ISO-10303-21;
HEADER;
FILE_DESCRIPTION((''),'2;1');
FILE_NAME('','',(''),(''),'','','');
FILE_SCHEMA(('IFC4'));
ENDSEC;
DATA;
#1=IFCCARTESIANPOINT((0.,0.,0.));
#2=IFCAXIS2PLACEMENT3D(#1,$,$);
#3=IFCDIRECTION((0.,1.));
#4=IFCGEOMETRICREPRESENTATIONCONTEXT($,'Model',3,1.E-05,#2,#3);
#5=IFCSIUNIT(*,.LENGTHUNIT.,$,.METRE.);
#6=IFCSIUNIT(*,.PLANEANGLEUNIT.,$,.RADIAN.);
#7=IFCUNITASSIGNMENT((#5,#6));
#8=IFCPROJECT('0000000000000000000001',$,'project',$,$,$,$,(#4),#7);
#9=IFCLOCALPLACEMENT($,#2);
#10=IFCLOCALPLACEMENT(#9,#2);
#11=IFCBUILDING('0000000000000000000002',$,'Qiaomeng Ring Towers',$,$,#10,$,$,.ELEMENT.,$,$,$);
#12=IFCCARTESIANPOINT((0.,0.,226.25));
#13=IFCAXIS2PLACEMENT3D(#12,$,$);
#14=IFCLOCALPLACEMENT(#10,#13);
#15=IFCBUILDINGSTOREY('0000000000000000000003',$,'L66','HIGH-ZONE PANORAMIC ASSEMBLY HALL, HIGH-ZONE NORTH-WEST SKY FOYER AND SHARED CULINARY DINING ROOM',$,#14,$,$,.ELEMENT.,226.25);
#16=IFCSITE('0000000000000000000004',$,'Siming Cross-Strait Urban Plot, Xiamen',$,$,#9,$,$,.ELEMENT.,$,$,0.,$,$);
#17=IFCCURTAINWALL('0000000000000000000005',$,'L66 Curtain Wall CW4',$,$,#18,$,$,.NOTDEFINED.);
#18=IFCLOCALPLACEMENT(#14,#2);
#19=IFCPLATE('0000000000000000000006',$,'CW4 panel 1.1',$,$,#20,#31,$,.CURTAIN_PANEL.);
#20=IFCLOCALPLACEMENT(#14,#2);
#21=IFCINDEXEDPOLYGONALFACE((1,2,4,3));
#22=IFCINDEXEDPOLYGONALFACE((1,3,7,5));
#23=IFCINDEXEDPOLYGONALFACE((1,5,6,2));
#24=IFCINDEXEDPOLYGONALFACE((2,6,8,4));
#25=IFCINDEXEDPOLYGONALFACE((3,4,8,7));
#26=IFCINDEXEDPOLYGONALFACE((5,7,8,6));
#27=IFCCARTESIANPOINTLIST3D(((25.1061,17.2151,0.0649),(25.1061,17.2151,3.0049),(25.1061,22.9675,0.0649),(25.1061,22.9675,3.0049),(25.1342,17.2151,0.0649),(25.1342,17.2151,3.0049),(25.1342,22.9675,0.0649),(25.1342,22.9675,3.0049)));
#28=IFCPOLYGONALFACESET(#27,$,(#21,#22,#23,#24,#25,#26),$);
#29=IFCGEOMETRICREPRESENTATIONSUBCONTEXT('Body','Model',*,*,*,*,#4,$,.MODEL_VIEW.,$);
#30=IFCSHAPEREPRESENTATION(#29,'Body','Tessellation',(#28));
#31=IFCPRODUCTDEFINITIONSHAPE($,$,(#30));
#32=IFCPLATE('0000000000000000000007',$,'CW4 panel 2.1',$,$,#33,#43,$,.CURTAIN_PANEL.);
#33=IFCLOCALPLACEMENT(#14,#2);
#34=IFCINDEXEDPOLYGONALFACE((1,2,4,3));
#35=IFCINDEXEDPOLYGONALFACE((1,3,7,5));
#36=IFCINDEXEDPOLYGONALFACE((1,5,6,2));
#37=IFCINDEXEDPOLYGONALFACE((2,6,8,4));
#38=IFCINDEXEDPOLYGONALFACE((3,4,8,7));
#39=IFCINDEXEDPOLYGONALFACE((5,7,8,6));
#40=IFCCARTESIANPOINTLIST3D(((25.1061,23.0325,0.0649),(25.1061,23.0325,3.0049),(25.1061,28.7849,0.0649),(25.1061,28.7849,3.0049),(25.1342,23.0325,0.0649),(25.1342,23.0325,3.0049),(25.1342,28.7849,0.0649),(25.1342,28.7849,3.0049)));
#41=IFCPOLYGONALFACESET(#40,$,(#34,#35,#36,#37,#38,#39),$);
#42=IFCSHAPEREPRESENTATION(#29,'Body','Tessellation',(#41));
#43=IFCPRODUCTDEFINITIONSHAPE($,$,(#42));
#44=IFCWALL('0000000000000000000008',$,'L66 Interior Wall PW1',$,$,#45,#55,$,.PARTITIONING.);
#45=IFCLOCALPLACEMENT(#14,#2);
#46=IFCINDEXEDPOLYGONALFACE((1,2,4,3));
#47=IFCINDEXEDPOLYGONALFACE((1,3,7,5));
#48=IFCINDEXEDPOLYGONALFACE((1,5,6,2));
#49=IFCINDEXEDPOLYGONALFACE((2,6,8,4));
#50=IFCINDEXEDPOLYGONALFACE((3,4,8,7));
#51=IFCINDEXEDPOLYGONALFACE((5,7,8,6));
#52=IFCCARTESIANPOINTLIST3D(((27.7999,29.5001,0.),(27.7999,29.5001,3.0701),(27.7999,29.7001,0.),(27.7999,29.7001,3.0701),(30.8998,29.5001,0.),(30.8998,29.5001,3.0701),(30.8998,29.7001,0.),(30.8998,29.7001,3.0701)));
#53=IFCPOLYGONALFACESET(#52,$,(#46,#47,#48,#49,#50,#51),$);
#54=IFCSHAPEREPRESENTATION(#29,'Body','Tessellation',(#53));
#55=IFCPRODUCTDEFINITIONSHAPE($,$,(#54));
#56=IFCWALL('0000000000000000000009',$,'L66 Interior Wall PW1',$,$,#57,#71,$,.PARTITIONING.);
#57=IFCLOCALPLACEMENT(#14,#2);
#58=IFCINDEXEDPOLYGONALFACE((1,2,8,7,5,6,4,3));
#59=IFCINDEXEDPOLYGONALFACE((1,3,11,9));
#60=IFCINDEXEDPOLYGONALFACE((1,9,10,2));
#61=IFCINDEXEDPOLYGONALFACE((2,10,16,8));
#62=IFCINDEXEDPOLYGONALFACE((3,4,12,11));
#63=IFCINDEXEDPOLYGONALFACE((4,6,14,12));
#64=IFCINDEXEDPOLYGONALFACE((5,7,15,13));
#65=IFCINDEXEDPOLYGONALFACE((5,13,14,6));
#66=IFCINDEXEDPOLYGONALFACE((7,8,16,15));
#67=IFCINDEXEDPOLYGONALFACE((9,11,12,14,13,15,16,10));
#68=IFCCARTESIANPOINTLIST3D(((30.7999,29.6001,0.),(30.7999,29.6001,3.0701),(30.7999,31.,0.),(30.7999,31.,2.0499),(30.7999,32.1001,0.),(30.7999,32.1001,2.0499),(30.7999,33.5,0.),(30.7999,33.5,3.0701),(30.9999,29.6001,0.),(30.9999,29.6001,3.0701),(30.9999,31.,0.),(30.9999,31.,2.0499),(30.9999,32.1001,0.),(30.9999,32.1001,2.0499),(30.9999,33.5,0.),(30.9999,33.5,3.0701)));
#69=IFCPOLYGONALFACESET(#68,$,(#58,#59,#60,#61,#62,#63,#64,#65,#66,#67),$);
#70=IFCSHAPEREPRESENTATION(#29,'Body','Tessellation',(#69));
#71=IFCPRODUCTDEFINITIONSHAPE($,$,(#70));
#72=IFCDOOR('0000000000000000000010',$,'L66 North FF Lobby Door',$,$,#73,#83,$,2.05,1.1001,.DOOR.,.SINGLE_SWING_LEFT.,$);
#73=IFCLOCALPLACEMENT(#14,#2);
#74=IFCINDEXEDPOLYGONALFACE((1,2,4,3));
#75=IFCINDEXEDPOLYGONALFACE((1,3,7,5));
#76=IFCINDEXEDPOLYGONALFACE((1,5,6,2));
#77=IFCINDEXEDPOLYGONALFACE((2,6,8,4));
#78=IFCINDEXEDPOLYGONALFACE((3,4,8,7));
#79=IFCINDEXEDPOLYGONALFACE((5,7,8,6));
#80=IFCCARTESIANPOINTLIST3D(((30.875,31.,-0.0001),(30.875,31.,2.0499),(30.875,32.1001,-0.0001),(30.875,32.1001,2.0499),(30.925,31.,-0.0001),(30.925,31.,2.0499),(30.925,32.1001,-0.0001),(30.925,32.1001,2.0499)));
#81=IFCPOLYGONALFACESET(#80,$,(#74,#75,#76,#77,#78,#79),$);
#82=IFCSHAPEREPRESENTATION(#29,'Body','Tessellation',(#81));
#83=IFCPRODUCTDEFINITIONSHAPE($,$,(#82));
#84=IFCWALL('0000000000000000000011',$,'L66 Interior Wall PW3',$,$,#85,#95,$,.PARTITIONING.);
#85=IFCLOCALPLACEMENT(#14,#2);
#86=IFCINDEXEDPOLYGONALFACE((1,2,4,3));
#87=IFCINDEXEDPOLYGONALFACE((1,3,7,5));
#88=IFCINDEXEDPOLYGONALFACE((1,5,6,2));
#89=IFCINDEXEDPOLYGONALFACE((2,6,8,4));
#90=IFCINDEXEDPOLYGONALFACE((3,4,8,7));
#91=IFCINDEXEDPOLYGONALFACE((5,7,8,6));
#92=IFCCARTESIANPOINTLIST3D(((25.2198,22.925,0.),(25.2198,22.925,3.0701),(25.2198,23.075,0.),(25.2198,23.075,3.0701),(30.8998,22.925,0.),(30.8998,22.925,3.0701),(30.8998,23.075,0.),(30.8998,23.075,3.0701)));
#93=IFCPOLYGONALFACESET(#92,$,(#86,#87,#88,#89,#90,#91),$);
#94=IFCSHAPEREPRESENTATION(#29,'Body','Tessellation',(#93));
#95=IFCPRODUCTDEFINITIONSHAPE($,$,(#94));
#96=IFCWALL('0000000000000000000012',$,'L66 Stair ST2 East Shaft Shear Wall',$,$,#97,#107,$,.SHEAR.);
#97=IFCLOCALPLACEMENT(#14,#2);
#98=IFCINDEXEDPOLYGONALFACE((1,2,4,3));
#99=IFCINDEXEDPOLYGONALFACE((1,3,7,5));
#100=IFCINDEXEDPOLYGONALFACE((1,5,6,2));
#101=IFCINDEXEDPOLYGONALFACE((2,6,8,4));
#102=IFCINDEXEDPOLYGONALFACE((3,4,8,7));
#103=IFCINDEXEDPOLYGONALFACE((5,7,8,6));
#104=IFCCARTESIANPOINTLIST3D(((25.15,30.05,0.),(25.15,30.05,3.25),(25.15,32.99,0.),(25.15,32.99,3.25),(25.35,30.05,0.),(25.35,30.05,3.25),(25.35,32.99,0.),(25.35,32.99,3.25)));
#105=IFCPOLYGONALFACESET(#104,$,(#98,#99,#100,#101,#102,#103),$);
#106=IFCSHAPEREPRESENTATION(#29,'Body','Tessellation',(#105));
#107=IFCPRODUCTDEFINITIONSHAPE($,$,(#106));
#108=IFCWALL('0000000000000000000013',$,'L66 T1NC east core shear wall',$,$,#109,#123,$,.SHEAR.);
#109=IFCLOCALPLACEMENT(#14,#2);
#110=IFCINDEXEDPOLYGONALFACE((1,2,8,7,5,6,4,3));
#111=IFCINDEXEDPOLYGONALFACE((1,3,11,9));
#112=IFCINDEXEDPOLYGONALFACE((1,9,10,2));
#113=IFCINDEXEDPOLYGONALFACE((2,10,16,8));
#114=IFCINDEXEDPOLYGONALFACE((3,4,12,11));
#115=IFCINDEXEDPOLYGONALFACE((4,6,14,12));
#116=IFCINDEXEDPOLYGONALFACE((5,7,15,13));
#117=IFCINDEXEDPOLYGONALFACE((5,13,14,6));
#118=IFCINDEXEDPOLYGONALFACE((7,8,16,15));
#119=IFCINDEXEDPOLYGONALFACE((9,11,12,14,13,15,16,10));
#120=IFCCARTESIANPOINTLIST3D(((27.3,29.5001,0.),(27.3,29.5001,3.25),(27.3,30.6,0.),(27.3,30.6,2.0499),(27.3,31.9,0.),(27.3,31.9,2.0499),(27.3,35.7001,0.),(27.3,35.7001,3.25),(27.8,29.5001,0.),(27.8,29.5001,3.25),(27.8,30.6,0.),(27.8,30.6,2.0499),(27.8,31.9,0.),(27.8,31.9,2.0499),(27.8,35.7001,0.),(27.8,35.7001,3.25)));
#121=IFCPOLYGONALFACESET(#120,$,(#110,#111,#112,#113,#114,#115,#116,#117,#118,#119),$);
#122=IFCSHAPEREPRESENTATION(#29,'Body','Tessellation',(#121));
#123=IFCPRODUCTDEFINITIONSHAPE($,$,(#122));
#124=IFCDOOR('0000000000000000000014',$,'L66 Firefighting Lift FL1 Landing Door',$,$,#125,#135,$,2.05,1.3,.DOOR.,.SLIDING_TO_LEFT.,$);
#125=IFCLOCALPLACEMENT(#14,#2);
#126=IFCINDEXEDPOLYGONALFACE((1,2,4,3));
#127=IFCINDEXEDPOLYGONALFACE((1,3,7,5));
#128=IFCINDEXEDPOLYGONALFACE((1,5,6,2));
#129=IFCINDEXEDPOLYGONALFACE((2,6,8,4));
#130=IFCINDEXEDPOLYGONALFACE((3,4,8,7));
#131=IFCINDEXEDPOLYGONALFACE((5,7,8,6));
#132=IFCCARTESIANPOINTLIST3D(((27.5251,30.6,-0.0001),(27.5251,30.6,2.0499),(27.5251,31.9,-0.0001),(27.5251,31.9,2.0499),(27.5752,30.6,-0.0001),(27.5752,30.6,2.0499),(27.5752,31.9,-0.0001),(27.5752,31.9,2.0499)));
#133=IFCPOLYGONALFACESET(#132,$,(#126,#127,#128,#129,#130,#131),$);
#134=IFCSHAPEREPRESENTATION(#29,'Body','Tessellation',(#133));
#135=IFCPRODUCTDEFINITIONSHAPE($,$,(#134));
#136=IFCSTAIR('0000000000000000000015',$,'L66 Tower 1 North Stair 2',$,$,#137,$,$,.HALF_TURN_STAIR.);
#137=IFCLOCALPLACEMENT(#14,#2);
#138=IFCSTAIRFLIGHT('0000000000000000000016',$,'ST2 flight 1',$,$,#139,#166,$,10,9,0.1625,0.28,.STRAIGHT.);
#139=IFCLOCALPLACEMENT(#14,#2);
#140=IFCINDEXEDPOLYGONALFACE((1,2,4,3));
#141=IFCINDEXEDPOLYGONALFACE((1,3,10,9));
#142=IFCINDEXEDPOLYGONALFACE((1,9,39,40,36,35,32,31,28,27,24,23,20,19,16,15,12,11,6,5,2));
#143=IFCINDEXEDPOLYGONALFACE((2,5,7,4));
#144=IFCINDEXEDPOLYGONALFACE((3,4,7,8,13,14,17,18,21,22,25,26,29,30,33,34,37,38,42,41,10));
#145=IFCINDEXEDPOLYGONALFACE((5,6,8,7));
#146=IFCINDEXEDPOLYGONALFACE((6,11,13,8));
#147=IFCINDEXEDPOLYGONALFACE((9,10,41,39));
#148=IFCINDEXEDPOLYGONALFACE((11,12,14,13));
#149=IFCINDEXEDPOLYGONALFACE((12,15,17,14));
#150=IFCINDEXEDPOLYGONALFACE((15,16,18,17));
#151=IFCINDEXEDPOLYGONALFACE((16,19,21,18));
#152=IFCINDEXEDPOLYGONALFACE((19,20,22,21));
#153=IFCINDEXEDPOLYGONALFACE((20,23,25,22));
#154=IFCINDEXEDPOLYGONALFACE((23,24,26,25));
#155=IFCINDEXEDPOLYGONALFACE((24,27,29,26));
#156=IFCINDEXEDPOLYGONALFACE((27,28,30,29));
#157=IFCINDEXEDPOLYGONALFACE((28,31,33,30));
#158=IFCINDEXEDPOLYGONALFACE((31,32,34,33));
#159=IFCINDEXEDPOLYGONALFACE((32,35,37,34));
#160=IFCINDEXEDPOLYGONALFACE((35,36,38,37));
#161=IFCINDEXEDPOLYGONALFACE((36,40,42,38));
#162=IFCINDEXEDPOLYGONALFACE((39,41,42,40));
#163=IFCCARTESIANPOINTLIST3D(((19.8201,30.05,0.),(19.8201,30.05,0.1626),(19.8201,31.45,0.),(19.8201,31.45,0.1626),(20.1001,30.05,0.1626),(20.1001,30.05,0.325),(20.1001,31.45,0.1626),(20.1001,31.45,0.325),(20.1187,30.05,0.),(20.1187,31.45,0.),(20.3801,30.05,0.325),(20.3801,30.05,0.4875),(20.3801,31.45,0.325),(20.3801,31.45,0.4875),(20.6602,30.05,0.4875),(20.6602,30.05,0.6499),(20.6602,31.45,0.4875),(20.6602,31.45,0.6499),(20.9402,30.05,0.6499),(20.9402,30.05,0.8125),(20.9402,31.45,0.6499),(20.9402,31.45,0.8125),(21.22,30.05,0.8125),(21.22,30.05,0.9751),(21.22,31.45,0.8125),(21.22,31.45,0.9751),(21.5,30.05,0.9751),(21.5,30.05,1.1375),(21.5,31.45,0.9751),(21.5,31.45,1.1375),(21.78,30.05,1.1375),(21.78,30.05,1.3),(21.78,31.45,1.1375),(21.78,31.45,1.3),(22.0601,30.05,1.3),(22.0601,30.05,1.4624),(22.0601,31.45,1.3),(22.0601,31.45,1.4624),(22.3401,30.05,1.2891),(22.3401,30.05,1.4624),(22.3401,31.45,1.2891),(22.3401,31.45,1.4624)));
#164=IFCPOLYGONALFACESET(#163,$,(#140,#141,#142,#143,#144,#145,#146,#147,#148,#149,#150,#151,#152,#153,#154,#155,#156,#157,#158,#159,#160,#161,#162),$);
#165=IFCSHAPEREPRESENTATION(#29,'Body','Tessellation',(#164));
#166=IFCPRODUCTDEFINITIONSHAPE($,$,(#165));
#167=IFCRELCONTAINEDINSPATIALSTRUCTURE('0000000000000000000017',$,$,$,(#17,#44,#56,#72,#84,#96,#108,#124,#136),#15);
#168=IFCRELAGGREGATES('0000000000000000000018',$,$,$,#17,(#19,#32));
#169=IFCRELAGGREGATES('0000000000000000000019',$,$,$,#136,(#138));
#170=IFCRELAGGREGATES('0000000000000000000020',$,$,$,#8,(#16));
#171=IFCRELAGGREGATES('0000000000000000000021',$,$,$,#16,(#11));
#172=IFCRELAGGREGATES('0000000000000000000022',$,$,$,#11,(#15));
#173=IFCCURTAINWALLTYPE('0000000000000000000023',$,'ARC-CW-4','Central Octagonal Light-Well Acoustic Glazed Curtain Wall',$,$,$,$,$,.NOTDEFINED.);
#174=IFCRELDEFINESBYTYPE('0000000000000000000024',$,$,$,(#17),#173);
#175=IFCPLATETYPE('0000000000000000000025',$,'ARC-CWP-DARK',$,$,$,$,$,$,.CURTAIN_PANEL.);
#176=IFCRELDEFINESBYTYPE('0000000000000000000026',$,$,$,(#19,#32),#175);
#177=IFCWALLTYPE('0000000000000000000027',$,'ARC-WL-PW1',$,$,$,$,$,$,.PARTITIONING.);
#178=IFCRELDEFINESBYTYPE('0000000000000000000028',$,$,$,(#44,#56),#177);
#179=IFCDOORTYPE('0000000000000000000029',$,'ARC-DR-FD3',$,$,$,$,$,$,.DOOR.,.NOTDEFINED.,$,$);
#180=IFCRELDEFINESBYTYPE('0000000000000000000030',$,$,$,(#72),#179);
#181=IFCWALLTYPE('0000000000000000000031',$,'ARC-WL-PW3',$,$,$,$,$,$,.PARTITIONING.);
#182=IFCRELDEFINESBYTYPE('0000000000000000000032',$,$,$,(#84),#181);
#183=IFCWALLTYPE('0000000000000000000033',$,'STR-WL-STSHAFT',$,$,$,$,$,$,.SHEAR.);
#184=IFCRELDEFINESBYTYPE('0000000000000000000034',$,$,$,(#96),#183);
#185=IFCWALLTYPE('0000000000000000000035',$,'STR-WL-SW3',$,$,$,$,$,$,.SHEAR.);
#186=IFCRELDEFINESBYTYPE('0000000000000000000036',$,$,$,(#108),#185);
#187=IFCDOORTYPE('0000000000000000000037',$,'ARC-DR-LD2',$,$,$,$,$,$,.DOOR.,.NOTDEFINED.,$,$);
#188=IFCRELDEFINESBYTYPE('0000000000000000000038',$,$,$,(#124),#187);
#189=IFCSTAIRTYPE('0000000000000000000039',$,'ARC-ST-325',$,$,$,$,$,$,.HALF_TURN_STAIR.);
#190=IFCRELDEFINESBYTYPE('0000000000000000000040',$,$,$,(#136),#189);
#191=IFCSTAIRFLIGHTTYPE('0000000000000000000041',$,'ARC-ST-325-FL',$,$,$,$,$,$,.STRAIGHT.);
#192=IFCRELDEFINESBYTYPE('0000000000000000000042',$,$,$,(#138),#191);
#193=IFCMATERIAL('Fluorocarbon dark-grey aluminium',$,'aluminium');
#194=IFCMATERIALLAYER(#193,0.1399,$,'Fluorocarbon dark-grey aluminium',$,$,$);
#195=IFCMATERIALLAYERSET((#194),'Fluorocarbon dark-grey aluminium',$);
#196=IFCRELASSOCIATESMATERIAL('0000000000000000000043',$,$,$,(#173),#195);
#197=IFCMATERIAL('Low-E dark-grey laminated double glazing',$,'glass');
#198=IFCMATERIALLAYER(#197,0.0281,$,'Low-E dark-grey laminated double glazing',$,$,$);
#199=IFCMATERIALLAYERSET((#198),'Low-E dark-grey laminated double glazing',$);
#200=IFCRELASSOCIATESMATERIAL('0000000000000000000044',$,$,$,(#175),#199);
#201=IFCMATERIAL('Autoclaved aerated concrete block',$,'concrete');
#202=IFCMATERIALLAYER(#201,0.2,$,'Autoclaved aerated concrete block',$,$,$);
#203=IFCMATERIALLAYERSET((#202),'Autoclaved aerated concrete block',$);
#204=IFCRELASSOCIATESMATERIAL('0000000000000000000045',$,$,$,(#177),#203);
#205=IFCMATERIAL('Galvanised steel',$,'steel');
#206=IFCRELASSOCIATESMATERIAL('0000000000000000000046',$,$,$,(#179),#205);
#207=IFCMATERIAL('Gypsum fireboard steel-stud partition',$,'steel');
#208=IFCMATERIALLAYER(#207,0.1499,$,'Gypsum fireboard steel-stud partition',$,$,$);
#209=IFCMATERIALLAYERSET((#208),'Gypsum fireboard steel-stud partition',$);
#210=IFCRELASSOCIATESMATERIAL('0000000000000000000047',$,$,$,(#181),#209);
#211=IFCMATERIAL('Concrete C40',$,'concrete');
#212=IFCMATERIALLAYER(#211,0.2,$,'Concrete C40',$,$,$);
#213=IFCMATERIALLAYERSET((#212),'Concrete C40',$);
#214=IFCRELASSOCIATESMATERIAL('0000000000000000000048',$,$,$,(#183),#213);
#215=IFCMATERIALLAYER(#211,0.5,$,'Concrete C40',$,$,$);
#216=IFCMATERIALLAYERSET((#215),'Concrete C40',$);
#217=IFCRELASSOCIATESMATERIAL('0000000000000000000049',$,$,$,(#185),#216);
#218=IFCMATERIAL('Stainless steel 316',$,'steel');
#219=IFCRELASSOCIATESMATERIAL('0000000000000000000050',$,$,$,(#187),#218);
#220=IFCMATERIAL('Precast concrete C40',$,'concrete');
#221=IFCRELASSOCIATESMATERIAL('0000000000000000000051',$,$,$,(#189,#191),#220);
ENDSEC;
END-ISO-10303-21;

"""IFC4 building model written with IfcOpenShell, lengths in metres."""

from ifc_helpers import new_model, si_unit, direction, frame, frame_2d, origin, origin_2d, place, context, subcontext, project, spatial, polyline, rectangle, outline, extrude, source, transform, mapped, material, layer, layer_set, type_object, element, fill, aggregate, save


model = new_model("IFC4")

# Units and contexts
model_context = context("Model", 3, precision=1e-05, world=origin(), true_north=direction((0.0, 1.0)))
body_context = subcontext(model_context, "Body", "Model", "MODEL_VIEW")
ifc_project = project(units=[si_unit("LENGTHUNIT", "METRE"), si_unit("PLANEANGLEUNIT", "RADIAN")], contexts=[model_context])

# Site, building, storey
site_placement = place(None, origin())
site = spatial("IfcSite", under=ifc_project, at=site_placement, Name="Siming Cross-Strait Urban Plot, Xiamen", CompositionType="ELEMENT", RefElevation=0.0)
building_placement = place(site_placement, origin())
building = spatial("IfcBuilding", under=site, at=building_placement, Name="Qiaomeng Ring Towers", CompositionType="ELEMENT")
storey_placement = place(building_placement, frame((0.0, 0.0, 226.25)))
storey = spatial("IfcBuildingStorey", under=building, at=storey_placement, Name="L66", Description="HIGH-ZONE PANORAMIC ASSEMBLY HALL, HIGH-ZONE NORTH-WEST SKY FOYER AND SHARED CULINARY DINING ROOM", CompositionType="ELEMENT", Elevation=226.25)

# Shared definitions
ifc_material_1 = material(Name="Concrete C40", Category="concrete")

# Curtain wall
ifc_material_2 = material(Name="Fluorocarbon dark-grey aluminium", Category="aluminium")
ifc_layer_1 = layer(ifc_material_2, 0.1399, Name="Fluorocarbon dark-grey aluminium")
ifc_layer_set_1 = layer_set([ifc_layer_1], Name="Fluorocarbon dark-grey aluminium")
curtain_wall_type = type_object("IfcCurtainWallType", Name="ARC-CW-4", Description="Central Octagonal Light-Well Acoustic Glazed Curtain Wall", PredefinedType="NOTDEFINED", material=ifc_layer_set_1)
curtain_wall_placement = place(storey_placement, origin())
curtain_wall = element("IfcCurtainWall", 1, at=curtain_wall_placement, inside=storey, type_object=curtain_wall_type, Name="L66 Curtain Wall CW4", PredefinedType="NOTDEFINED")

# Shared definitions
ifc_material_3 = material(Name="Stainless steel 316", Category="steel")

# Plates
ifc_material_4 = material(Name="Low-E dark-grey laminated double glazing", Category="glass")
ifc_layer_2 = layer(ifc_material_4, 0.0281, Name="Low-E dark-grey laminated double glazing")
ifc_layer_set_2 = layer_set([ifc_layer_2], Name="Low-E dark-grey laminated double glazing")
plate_type = type_object("IfcPlateType", Name="ARC-CWP-DARK", PredefinedType="CURTAIN_PANEL", material=ifc_layer_set_2)
shared_shape_1 = source(origin(), body_context, "Body", "SweptSolid", [
    extrude(rectangle(XDim=5.7524, YDim=0.0281, at=origin_2d()), origin(), (0.0, 0.0, 1.0), 2.9399),
])
plate_1_placement = place(storey_placement, frame((25.1201, 20.0913, 0.0649), z_axis=(0.0, 0.0, 1.0), x_axis=(0.0, 1.0, 0.0)))
plate_1 = element("IfcPlate", 2, at=plate_1_placement, type_object=plate_type, Name="CW4 panel 1.1", PredefinedType="CURTAIN_PANEL", context=body_context, shape_type="MappedRepresentation", body=[
    mapped(shared_shape_1, transform((0.0, 0.0, 0.0), x_axis=(1.0, 0.0, 0.0), y_axis=(0.0, 1.0, 0.0), z_axis=(0.0, 0.0, 1.0), scale=1.0)),
])
plate_2_placement = place(storey_placement, frame((25.1201, 25.9087, 0.0649), z_axis=(0.0, 0.0, 1.0), x_axis=(0.0, 1.0, 0.0)))
plate_2 = element("IfcPlate", 3, at=plate_2_placement, type_object=plate_type, Name="CW4 panel 2.1", PredefinedType="CURTAIN_PANEL", context=body_context, shape_type="MappedRepresentation", body=[
    mapped(shared_shape_1, transform((0.0, 0.0, 0.0), x_axis=(1.0, 0.0, 0.0), y_axis=(0.0, 1.0, 0.0), z_axis=(0.0, 0.0, 1.0), scale=1.0)),
])
aggregate(curtain_wall, [plate_1, plate_2])

# Wall
ifc_material_5 = material(Name="Autoclaved aerated concrete block", Category="concrete")
ifc_layer_3 = layer(ifc_material_5, 0.2, Name="Autoclaved aerated concrete block")
ifc_layer_set_3 = layer_set([ifc_layer_3], Name="Autoclaved aerated concrete block")
wall_type_1 = type_object("IfcWallType", Name="ARC-WL-PW1", PredefinedType="PARTITIONING", material=ifc_layer_set_3)
wall_1_placement = place(storey_placement, frame((27.8, 29.6001, 0.0), z_axis=(0.0, 0.0, 1.0), x_axis=(1.0, 0.0, 0.0)))
element("IfcWall", 4, at=wall_1_placement, inside=storey, type_object=wall_type_1, Name="L66 Interior Wall PW1", PredefinedType="PARTITIONING", context=body_context, shape_type="SweptSolid", body=[
    extrude(rectangle(XDim=3.0999, YDim=0.2, at=frame_2d((1.5498, 0.0))), origin(), (0.0, 0.0, 1.0), 3.0701),
])

# Wall, opening, door
wall_2_placement = place(storey_placement, frame((30.8999, 29.6001, 0.0), z_axis=(0.0, 0.0, 1.0), x_axis=(0.0, 1.0, 0.0)))
wall_2 = element("IfcWall", 5, at=wall_2_placement, inside=storey, type_object=wall_type_1, Name="L66 Interior Wall PW1", PredefinedType="PARTITIONING", context=body_context, shape_type="SweptSolid", body=[
    extrude(rectangle(XDim=3.8999, YDim=0.2, at=frame_2d((1.95, 0.0))), origin(), (0.0, 0.0, 1.0), 3.0701),
])
opening_1_placement = place(wall_2_placement, frame((1.3999, 0.0, 0.0)))
opening_1 = element("IfcOpeningElement", 6, at=opening_1_placement, cuts=wall_2, PredefinedType="OPENING", context=body_context, shape_type="SweptSolid", body=[
    extrude(rectangle(XDim=1.1001, YDim=2.05, at=frame_2d((0.55, 1.0249))), frame((0.0, 0.1099, 0.0), z_axis=(0.0, -1.0, 0.0), x_axis=(1.0, 0.0, 0.0)), (0.0, 0.0, 1.0), 0.22),
])
ifc_material_6 = material(Name="Galvanised steel", Category="steel")
door_type_1 = type_object("IfcDoorType", Name="ARC-DR-FD3", OperationType="NOTDEFINED", PredefinedType="DOOR", material=ifc_material_6)
shared_shape_2 = source(origin(), body_context, "Body", "SweptSolid", [
    extrude(rectangle(XDim=1.1001, YDim=2.05, at=frame_2d((0.55, 1.0249))), frame((0.0, 0.0249, 0.0), z_axis=(0.0, -1.0, 0.0), x_axis=(1.0, 0.0, 0.0)), (0.0, 0.0, 1.0), 0.05),
])
door_1_placement = place(opening_1_placement, origin())
door_1 = element("IfcDoor", 7, at=door_1_placement, inside=storey, type_object=door_type_1, Name="L66 North FF Lobby Door", OperationType="SINGLE_SWING_LEFT", OverallHeight=2.05, OverallWidth=1.1001, PredefinedType="DOOR", context=body_context, shape_type="MappedRepresentation", body=[
    mapped(shared_shape_2, transform((0.0, 0.0, 0.0), x_axis=(1.0, 0.0, 0.0), y_axis=(0.0, 1.0, 0.0), z_axis=(0.0, 0.0, 1.0), scale=1.0)),
])
fill(opening_1, door_1)

# Walls
ifc_material_7 = material(Name="Gypsum fireboard steel-stud partition", Category="steel")
ifc_layer_4 = layer(ifc_material_7, 0.1499, Name="Gypsum fireboard steel-stud partition")
ifc_layer_set_4 = layer_set([ifc_layer_4], Name="Gypsum fireboard steel-stud partition")
wall_type_2 = type_object("IfcWallType", Name="ARC-WL-PW3", PredefinedType="PARTITIONING", material=ifc_layer_set_4)
wall_3_placement = place(storey_placement, frame((25.22, 23.0, 0.0), z_axis=(0.0, 0.0, 1.0), x_axis=(1.0, 0.0, 0.0)))
element("IfcWall", 8, at=wall_3_placement, inside=storey, type_object=wall_type_2, Name="L66 Interior Wall PW3", PredefinedType="PARTITIONING", context=body_context, shape_type="SweptSolid", body=[
    extrude(rectangle(XDim=5.6799, YDim=0.1499, at=frame_2d((2.8398, 0.0))), origin(), (0.0, 0.0, 1.0), 3.0701),
])
ifc_layer_5 = layer(ifc_material_1, 0.2, Name="Concrete C40")
ifc_layer_set_5 = layer_set([ifc_layer_5], Name="Concrete C40")
wall_type_3 = type_object("IfcWallType", Name="STR-WL-STSHAFT", PredefinedType="SHEAR", material=ifc_layer_set_5)
wall_4_placement = place(storey_placement, frame((25.25, 30.05, 0.0), z_axis=(0.0, 0.0, 1.0), x_axis=(0.0, 1.0, 0.0)))
element("IfcWall", 9, at=wall_4_placement, inside=storey, type_object=wall_type_3, Name="L66 Stair ST2 East Shaft Shear Wall", PredefinedType="SHEAR", context=body_context, shape_type="SweptSolid", body=[
    extrude(rectangle(XDim=2.9399, YDim=0.2, at=frame_2d((1.47, 0.0))), origin(), (0.0, 0.0, 1.0), 3.25),
])

# Wall, opening, door
ifc_layer_6 = layer(ifc_material_1, 0.5, Name="Concrete C40")
ifc_layer_set_6 = layer_set([ifc_layer_6], Name="Concrete C40")
wall_type_4 = type_object("IfcWallType", Name="STR-WL-SW3", PredefinedType="SHEAR", material=ifc_layer_set_6)
wall_5_placement = place(storey_placement, frame((27.55, 29.5, 0.0), z_axis=(0.0, 0.0, 1.0), x_axis=(0.0, 1.0, 0.0)))
wall_5 = element("IfcWall", 10, at=wall_5_placement, inside=storey, type_object=wall_type_4, Name="L66 T1NC east core shear wall", PredefinedType="SHEAR", context=body_context, shape_type="SweptSolid", body=[
    extrude(rectangle(XDim=6.2, YDim=0.5, at=frame_2d((3.1001, 0.0))), origin(), (0.0, 0.0, 1.0), 3.25),
])
opening_2_placement = place(wall_5_placement, frame((1.1001, 0.0, 0.0)))
opening_2 = element("IfcOpeningElement", 11, at=opening_2_placement, cuts=wall_5, PredefinedType="OPENING", context=body_context, shape_type="SweptSolid", body=[
    extrude(rectangle(XDim=1.3, YDim=2.05, at=frame_2d((0.6499, 1.0249))), frame((0.0, 0.26, 0.0), z_axis=(0.0, -1.0, 0.0), x_axis=(1.0, 0.0, 0.0)), (0.0, 0.0, 1.0), 0.52),
])
door_type_2 = type_object("IfcDoorType", Name="ARC-DR-LD2", OperationType="NOTDEFINED", PredefinedType="DOOR", material=ifc_material_3)
shared_shape_3 = source(origin(), body_context, "Body", "SweptSolid", [
    extrude(rectangle(XDim=1.3, YDim=2.05, at=frame_2d((0.6499, 1.0249))), frame((0.0, 0.0249, 0.0), z_axis=(0.0, -1.0, 0.0), x_axis=(1.0, 0.0, 0.0)), (0.0, 0.0, 1.0), 0.05),
])
door_2_placement = place(opening_2_placement, origin())
door_2 = element("IfcDoor", 12, at=door_2_placement, inside=storey, type_object=door_type_2, Name="L66 Firefighting Lift FL1 Landing Door", OperationType="SLIDING_TO_LEFT", OverallHeight=2.05, OverallWidth=1.3, PredefinedType="DOOR", context=body_context, shape_type="MappedRepresentation", body=[
    mapped(shared_shape_3, transform((0.0, 0.0, 0.0), x_axis=(1.0, 0.0, 0.0), y_axis=(0.0, 1.0, 0.0), z_axis=(0.0, 0.0, 1.0), scale=1.0)),
])
fill(opening_2, door_2)

# Stair, stair flight
ifc_material_8 = material(Name="Precast concrete C40", Category="concrete")
stair_type = type_object("IfcStairType", Name="ARC-ST-325", PredefinedType="HALF_TURN_STAIR", material=ifc_material_8)
stair_placement = place(storey_placement, origin())
stair = element("IfcStair", 13, at=stair_placement, inside=storey, type_object=stair_type, Name="L66 Tower 1 North Stair 2", PredefinedType="HALF_TURN_STAIR")
stair_flight_type = type_object("IfcStairFlightType", Name="ARC-ST-325-FL", PredefinedType="STRAIGHT", material=ifc_material_8)
shared_shape_4 = source(origin(), body_context, "Body", "SweptSolid", [
    extrude(outline(polyline([(0.0, 0.0), (0.0, 0.1626), (0.28, 0.1626), (0.28, 0.325), (0.5601, 0.325), (0.5601, 0.4875), (0.8401, 0.4875), (0.8401, 0.6499), (1.1201, 0.6499), (1.1201, 0.8125), (1.3999, 0.8125), (1.3999, 0.9751), (1.6799, 0.9751), (1.6799, 1.1375), (1.96, 1.1375), (1.96, 1.3), (2.24, 1.3), (2.24, 1.4624), (2.52, 1.4624), (2.52, 1.625), (2.52, 1.2891), (0.2986, 0.0), (0.0, 0.0)])), frame((0.0, 0.7, 0.0), z_axis=(0.0, -1.0, 0.0), x_axis=(1.0, 0.0, 0.0)), (0.0, 0.0, 1.0), 1.3999),
])
stair_flight_placement = place(storey_placement, frame((19.8201, 30.75, 0.0), z_axis=(0.0, 0.0, 1.0), x_axis=(1.0, 0.0, 0.0)))
stair_flight = element("IfcStairFlight", 14, at=stair_flight_placement, type_object=stair_flight_type, Name="ST2 flight 1", NumberOfRisers=10, NumberOfTreads=9, PredefinedType="STRAIGHT", RiserHeight=0.1625, TreadLength=0.28, context=body_context, shape_type="MappedRepresentation", body=[
    mapped(shared_shape_4, transform((0.0, 0.0, 0.0), x_axis=(1.0, 0.0, 0.0), y_axis=(0.0, 1.0, 0.0), z_axis=(0.0, 0.0, 1.0), scale=1.0)),
])
aggregate(stair, [stair_flight])

save(model, "model.ifc")
